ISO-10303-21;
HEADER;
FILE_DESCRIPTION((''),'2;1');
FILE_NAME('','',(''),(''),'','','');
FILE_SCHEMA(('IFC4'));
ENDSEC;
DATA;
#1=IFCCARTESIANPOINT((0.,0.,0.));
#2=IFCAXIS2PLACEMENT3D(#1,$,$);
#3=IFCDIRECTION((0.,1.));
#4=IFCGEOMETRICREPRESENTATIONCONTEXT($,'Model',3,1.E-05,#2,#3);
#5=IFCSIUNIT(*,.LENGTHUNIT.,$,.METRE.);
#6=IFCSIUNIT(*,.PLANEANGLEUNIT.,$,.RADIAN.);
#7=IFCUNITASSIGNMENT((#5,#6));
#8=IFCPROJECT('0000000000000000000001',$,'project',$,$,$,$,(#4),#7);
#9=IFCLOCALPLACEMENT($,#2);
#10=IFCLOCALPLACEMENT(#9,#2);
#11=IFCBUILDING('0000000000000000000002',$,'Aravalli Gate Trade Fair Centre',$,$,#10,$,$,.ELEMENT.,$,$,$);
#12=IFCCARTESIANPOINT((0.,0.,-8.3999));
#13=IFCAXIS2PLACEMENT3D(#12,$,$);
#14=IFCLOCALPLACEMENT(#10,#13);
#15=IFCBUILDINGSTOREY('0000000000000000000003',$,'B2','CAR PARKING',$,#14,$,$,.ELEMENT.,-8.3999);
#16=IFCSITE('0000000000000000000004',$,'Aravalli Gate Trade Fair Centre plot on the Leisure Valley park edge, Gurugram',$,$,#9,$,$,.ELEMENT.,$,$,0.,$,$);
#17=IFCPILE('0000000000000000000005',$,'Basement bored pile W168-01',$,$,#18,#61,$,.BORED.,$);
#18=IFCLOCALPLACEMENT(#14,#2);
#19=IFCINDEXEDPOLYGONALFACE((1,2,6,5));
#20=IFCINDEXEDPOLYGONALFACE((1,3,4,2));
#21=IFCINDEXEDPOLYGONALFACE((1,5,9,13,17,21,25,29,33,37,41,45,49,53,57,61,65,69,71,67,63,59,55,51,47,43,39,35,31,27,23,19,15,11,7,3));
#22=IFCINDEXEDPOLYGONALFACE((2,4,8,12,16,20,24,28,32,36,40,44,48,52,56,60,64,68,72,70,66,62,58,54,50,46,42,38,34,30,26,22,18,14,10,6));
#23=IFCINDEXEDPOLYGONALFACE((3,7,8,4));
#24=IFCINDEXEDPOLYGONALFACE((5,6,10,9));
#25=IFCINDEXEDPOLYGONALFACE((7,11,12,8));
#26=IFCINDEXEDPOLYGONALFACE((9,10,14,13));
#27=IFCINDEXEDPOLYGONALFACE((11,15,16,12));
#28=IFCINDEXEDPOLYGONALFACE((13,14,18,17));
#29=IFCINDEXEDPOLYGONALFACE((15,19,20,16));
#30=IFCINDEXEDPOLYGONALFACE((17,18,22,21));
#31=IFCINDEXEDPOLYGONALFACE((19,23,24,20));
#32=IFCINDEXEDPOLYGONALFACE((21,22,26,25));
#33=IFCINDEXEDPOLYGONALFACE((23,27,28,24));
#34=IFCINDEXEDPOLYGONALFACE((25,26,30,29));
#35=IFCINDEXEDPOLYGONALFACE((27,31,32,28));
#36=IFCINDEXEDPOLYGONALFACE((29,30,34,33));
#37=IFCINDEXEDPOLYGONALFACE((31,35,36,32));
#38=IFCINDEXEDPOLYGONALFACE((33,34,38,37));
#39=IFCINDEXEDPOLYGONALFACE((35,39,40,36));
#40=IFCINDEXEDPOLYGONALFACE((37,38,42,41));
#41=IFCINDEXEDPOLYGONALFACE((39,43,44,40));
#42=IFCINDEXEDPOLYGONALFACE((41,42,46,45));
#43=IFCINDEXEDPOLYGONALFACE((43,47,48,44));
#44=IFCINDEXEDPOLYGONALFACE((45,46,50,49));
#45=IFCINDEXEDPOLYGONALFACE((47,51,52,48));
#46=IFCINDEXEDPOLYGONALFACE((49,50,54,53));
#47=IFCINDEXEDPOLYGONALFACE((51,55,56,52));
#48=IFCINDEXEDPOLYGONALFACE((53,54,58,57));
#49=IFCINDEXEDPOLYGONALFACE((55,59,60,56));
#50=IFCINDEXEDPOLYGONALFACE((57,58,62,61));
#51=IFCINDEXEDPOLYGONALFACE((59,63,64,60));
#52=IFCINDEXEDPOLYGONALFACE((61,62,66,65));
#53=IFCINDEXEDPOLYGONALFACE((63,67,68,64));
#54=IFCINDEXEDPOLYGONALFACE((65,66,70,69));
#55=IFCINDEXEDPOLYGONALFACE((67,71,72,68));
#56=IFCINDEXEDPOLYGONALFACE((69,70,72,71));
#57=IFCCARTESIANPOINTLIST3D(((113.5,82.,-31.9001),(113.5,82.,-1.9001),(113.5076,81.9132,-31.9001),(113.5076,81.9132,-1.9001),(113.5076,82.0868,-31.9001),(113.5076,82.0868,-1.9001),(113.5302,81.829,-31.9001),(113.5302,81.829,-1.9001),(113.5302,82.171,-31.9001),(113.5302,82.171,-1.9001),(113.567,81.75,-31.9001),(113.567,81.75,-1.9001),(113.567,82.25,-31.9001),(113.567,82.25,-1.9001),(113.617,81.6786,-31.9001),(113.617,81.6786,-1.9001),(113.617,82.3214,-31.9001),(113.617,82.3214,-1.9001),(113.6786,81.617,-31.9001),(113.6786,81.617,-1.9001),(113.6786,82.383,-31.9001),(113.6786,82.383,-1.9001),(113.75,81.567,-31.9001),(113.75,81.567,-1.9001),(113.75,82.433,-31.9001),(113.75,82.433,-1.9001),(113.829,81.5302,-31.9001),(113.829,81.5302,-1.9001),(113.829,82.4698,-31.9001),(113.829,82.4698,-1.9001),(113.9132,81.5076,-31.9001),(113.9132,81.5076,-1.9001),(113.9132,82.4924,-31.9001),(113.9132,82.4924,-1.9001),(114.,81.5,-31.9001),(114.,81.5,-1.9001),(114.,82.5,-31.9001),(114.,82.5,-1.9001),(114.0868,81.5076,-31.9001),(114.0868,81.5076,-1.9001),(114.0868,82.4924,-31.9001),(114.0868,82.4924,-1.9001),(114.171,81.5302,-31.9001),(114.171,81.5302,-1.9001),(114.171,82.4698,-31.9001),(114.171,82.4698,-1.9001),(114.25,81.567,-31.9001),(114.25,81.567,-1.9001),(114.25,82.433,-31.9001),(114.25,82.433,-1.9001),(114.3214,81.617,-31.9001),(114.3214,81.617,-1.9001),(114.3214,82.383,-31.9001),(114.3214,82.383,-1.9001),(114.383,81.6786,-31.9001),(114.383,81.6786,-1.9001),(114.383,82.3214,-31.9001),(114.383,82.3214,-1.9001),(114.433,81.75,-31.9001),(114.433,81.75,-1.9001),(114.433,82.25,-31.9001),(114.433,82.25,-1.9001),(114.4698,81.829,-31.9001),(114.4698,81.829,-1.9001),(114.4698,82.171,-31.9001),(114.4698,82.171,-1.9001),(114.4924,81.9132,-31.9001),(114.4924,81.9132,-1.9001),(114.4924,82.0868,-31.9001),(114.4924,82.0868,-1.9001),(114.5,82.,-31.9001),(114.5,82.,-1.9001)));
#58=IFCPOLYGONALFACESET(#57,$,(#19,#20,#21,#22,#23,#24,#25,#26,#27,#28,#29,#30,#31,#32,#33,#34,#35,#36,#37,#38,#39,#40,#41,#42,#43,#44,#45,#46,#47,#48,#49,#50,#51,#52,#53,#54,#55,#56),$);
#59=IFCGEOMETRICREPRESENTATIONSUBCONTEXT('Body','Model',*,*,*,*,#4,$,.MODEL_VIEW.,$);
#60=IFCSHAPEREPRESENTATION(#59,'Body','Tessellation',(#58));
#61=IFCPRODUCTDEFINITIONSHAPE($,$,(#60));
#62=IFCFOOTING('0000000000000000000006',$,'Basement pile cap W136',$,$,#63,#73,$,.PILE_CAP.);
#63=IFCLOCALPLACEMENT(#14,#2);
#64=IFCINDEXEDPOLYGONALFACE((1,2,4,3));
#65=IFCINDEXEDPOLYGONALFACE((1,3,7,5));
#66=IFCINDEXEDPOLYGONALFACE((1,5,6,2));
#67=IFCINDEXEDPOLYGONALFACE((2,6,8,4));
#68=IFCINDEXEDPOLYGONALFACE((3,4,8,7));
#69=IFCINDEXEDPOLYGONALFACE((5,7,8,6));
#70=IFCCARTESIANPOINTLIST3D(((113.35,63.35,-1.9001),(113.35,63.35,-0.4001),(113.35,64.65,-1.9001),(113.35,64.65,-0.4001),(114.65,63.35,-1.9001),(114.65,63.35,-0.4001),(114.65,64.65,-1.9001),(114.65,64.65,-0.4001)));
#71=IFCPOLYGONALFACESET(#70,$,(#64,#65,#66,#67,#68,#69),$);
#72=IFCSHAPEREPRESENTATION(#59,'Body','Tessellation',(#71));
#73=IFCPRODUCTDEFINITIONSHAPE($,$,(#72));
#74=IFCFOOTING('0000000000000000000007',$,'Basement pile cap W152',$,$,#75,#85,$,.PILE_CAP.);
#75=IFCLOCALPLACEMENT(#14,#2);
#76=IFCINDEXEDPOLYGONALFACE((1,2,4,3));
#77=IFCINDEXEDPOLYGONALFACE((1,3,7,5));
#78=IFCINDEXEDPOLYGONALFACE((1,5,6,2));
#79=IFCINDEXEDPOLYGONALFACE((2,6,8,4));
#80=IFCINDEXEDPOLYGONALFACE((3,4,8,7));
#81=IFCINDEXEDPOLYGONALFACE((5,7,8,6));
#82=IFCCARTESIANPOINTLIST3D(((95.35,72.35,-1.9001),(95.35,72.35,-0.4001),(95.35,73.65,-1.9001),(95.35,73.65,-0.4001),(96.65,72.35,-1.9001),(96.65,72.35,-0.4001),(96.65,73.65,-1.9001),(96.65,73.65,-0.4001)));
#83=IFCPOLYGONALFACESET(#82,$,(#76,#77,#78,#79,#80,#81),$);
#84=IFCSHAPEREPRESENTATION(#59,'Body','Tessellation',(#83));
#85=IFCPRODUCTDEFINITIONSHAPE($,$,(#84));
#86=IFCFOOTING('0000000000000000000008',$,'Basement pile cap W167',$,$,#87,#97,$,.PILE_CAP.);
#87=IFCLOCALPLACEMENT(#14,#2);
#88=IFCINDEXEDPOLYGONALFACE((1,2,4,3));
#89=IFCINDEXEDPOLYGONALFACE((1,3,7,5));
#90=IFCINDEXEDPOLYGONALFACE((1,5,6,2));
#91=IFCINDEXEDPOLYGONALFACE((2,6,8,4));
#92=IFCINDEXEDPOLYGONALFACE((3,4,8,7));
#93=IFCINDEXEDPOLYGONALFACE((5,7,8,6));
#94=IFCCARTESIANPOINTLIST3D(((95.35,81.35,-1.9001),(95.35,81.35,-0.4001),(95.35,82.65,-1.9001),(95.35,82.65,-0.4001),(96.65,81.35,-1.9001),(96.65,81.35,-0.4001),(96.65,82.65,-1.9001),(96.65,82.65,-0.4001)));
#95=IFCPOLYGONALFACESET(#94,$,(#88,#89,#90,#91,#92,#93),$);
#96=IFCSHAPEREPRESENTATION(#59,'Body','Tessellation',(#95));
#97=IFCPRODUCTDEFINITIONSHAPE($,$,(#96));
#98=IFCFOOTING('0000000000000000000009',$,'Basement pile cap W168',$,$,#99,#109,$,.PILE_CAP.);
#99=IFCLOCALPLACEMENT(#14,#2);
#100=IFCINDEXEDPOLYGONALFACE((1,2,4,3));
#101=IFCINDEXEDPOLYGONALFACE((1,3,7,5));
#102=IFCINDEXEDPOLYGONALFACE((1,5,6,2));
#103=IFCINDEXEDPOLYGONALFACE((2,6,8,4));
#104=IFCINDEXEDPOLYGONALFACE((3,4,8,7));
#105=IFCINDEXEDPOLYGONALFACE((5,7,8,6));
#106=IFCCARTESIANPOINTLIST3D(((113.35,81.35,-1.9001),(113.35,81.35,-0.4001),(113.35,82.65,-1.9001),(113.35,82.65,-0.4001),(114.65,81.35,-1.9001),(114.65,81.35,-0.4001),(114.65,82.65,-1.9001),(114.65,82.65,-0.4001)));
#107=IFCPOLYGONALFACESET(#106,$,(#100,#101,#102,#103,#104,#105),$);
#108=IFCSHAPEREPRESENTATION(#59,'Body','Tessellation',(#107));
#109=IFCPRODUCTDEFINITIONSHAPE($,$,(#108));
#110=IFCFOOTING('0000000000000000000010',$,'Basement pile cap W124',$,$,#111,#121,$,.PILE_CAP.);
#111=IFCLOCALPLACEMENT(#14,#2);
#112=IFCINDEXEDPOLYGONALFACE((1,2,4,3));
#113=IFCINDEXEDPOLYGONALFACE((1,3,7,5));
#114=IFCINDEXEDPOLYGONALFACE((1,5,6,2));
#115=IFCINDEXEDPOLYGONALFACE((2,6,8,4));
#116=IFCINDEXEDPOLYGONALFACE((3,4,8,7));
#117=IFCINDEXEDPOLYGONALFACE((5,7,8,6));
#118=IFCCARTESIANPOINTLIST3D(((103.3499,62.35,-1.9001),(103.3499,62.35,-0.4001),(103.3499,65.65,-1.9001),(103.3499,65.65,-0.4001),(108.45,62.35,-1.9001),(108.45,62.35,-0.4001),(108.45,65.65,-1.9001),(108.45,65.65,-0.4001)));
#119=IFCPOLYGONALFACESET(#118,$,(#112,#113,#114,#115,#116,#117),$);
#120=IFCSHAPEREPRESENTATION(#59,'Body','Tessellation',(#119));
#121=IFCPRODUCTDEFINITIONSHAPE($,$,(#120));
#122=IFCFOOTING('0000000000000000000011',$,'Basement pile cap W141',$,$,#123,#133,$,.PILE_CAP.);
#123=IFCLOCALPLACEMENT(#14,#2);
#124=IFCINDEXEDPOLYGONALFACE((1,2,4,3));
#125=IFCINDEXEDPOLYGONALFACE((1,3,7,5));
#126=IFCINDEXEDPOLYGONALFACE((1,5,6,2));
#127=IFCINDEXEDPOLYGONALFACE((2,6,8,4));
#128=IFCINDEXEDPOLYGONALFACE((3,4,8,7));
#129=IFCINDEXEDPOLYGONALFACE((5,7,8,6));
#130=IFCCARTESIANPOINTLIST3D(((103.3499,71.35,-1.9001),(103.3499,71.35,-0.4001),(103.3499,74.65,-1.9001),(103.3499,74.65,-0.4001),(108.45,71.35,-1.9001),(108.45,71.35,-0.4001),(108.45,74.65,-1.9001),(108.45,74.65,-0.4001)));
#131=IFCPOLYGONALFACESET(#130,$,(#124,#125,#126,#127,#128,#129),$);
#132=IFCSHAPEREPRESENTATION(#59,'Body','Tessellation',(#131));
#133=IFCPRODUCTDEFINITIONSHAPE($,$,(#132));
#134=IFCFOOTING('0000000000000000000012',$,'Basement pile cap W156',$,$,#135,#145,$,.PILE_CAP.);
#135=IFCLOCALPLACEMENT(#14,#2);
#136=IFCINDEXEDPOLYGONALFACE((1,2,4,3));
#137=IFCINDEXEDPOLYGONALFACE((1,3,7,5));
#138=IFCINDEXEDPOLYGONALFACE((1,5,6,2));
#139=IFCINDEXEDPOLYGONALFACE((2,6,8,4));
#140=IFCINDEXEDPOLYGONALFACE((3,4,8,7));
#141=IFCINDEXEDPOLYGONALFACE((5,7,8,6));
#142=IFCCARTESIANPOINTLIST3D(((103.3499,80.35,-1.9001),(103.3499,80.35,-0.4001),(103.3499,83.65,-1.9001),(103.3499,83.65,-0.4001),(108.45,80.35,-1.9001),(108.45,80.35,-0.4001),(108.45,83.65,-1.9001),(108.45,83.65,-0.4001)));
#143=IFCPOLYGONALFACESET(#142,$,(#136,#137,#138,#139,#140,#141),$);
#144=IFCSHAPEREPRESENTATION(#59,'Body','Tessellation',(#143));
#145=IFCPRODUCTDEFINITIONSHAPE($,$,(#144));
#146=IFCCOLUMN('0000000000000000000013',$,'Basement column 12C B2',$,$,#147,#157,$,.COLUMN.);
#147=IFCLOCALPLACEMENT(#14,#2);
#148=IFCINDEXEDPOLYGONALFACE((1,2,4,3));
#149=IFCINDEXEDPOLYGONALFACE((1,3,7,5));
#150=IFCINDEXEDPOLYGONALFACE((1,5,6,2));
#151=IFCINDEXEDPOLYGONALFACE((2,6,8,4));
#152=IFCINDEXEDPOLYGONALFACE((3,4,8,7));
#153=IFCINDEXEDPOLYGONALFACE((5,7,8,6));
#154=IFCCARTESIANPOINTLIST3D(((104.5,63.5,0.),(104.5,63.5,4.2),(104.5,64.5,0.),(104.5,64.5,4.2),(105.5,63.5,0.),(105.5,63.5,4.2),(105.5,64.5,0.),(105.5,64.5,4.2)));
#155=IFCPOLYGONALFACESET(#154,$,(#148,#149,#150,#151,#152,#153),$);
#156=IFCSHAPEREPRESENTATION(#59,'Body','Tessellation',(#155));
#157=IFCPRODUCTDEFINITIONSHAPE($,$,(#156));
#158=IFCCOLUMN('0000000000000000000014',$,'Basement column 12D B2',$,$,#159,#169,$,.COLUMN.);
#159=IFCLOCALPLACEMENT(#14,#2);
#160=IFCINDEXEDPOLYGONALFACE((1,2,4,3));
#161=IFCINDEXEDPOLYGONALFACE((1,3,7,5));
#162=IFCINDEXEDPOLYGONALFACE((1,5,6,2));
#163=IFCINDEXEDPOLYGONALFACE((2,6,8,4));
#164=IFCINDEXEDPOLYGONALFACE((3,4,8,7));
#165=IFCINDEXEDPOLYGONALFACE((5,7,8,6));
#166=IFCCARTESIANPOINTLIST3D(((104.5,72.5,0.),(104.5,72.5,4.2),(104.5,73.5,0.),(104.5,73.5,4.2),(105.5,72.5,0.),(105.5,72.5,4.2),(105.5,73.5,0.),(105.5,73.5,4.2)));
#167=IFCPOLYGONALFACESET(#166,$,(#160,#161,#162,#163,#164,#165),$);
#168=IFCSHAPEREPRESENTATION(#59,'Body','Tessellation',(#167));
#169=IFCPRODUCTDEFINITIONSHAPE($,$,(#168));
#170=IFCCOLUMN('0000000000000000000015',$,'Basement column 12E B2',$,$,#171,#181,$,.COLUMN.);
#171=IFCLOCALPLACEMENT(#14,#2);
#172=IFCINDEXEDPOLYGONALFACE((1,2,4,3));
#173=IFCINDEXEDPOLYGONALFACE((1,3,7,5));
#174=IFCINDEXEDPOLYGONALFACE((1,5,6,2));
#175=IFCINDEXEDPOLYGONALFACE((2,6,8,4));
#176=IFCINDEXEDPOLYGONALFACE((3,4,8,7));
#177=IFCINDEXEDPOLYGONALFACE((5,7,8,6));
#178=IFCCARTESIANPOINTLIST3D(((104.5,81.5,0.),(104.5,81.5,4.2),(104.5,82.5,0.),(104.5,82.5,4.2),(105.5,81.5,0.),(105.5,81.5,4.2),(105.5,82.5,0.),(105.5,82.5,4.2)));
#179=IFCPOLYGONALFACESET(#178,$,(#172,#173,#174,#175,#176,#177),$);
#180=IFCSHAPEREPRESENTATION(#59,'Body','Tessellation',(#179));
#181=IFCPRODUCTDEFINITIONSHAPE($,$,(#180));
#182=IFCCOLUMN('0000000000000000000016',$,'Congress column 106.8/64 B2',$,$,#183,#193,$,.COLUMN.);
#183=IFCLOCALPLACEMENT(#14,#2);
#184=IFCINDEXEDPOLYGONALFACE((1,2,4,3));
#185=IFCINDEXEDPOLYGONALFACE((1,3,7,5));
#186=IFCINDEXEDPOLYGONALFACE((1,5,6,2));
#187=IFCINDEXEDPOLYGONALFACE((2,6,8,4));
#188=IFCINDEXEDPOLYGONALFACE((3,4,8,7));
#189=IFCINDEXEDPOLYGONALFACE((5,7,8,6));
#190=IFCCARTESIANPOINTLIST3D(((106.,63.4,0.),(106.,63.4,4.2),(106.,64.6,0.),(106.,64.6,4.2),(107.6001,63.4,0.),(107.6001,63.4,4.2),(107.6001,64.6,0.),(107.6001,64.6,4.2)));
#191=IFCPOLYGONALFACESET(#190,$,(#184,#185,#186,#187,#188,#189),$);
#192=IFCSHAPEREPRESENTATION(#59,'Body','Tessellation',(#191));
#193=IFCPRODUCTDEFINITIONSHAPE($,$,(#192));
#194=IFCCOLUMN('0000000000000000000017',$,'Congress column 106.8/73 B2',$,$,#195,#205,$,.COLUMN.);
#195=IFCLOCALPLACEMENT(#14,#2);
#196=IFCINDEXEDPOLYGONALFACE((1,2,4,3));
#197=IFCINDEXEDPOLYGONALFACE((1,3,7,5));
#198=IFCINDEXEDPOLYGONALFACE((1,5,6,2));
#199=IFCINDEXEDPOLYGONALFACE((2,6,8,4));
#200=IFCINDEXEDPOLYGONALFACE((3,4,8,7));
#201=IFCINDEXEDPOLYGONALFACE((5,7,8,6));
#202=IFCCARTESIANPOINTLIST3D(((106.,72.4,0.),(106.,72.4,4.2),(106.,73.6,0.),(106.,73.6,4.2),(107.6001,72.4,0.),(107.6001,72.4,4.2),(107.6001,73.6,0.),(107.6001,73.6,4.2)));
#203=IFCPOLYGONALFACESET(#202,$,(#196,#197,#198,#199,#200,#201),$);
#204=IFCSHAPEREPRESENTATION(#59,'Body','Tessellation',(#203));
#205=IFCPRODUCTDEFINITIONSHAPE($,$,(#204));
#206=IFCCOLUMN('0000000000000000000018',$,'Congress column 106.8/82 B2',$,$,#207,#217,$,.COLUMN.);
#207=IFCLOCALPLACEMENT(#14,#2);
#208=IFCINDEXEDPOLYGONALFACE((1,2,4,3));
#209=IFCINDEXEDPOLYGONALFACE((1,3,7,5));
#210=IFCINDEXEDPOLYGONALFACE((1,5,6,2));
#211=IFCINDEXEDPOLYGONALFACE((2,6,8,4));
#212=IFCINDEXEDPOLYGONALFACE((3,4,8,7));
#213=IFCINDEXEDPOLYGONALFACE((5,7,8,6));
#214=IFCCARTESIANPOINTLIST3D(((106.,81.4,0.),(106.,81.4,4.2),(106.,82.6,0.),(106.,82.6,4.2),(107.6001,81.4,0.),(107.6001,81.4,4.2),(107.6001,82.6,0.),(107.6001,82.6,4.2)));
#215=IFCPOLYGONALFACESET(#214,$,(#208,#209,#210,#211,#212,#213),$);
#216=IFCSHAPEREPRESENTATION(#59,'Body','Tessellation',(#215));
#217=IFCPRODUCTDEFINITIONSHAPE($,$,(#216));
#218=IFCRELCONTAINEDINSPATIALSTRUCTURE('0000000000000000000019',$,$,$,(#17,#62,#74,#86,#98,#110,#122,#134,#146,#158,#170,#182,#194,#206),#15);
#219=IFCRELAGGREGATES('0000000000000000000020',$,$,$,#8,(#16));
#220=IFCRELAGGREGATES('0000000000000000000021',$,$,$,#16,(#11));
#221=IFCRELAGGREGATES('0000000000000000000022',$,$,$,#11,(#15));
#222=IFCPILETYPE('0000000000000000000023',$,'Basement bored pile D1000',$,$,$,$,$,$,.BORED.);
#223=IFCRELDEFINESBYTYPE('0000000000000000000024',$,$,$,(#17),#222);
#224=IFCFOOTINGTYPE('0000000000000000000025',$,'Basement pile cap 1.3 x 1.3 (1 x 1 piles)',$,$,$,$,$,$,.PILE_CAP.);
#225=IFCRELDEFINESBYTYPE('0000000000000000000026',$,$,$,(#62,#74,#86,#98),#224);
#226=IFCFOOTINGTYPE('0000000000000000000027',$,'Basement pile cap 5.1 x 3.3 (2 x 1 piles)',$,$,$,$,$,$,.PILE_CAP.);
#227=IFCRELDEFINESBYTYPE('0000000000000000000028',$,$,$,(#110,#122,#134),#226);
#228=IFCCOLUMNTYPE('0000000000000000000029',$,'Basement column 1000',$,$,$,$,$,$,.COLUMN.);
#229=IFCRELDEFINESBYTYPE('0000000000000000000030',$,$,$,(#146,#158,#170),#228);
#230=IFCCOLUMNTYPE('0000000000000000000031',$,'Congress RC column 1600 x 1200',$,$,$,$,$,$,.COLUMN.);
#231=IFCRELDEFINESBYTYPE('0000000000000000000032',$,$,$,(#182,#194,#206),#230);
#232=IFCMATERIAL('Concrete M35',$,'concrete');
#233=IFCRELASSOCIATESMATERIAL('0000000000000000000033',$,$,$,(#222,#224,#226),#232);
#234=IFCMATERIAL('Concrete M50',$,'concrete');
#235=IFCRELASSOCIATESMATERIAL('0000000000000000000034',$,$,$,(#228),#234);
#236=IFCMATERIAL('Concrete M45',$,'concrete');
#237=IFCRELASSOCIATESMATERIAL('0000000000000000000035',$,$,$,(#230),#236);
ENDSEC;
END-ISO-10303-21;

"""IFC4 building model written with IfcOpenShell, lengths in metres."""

from ifc_helpers import new_model, si_unit, direction, frame, origin, origin_2d, place, context, subcontext, project, spatial, rectangle, circle, extrude, material, material_profile, profile_set, type_object, element, save


model = new_model("IFC4")

# Units and contexts
model_context = context("Model", 3, precision=1e-05, world=origin(), true_north=direction((0.0, 1.0)))
body_context = subcontext(model_context, "Body", "Model", "MODEL_VIEW")
ifc_project = project(units=[si_unit("LENGTHUNIT", "METRE"), si_unit("PLANEANGLEUNIT", "RADIAN")], contexts=[model_context])

# Site, building, storey
site_placement = place(None, origin())
site = spatial("IfcSite", under=ifc_project, at=site_placement, Name="Aravalli Gate Trade Fair Centre plot on the Leisure Valley park edge, Gurugram", CompositionType="ELEMENT", RefElevation=0.0)
building_placement = place(site_placement, origin())
building = spatial("IfcBuilding", under=site, at=building_placement, Name="Aravalli Gate Trade Fair Centre", CompositionType="ELEMENT")
storey_placement = place(building_placement, frame((0.0, 0.0, -8.3999)))
storey = spatial("IfcBuildingStorey", under=building, at=storey_placement, Name="B2", Description="CAR PARKING", CompositionType="ELEMENT", Elevation=-8.3999)

# Pile
ifc_material_1 = material(Name="Concrete M35", Category="concrete")
ifc_material_profile_1 = material_profile(ifc_material_1, circle(Radius=0.5, at=origin_2d()), Name="D1000")
ifc_profile_set_1 = profile_set([ifc_material_profile_1], Name="Concrete M35")
pile_type = type_object("IfcPileType", Name="Basement bored pile D1000", PredefinedType="BORED", material=ifc_profile_set_1)
for number, where, z_axis, x_axis, name in (
    (1, (114.0, 82.0, -1.9001), (0.0, 0.0, -1.0), (1.0, 0.0, 0.0), "Basement bored pile W168-01"),
):
    element("IfcPile", number, at=place(storey_placement, frame(where, z_axis=z_axis, x_axis=x_axis)), inside=storey, type_object=pile_type, Name=name, PredefinedType="BORED", context=body_context, shape_type="SweptSolid", body=[
        extrude(circle(Radius=0.5, at=origin_2d()), origin(), (0.0, 0.0, 1.0), 30.0),
    ])

# Footings
footing_type_1 = type_object("IfcFootingType", Name="Basement pile cap 1.3 x 1.3 (1 x 1 piles)", PredefinedType="PILE_CAP", material=ifc_material_1)
for number, where, z_axis, x_axis, name in (
    (2, (114.0, 64.0, -1.9001), (0.0, 0.0, 1.0), (1.0, 0.0, 0.0), "Basement pile cap W136"),
    (3, (96.0, 73.0, -1.9001), (0.0, 0.0, 1.0), (1.0, 0.0, 0.0), "Basement pile cap W152"),
    (4, (96.0, 82.0, -1.9001), (0.0, 0.0, 1.0), (1.0, 0.0, 0.0), "Basement pile cap W167"),
    (5, (114.0, 82.0, -1.9001), (0.0, 0.0, 1.0), (1.0, 0.0, 0.0), "Basement pile cap W168"),
):
    element("IfcFooting", number, at=place(storey_placement, frame(where, z_axis=z_axis, x_axis=x_axis)), inside=storey, type_object=footing_type_1, Name=name, PredefinedType="PILE_CAP", context=body_context, shape_type="SweptSolid", body=[
        extrude(rectangle(XDim=1.3, YDim=1.3, at=origin_2d()), origin(), (0.0, 0.0, 1.0), 1.5),
    ])
footing_type_2 = type_object("IfcFootingType", Name="Basement pile cap 5.1 x 3.3 (2 x 1 piles)", PredefinedType="PILE_CAP", material=ifc_material_1)
for number, where, z_axis, x_axis, name in (
    (6, (105.8999, 64.0, -1.9001), (0.0, 0.0, 1.0), (1.0, 0.0, 0.0), "Basement pile cap W124"),
    (7, (105.8999, 73.0, -1.9001), (0.0, 0.0, 1.0), (1.0, 0.0, 0.0), "Basement pile cap W141"),
    (8, (105.8999, 82.0, -1.9001), (0.0, 0.0, 1.0), (1.0, 0.0, 0.0), "Basement pile cap W156"),
):
    element("IfcFooting", number, at=place(storey_placement, frame(where, z_axis=z_axis, x_axis=x_axis)), inside=storey, type_object=footing_type_2, Name=name, PredefinedType="PILE_CAP", context=body_context, shape_type="SweptSolid", body=[
        extrude(rectangle(XDim=5.1001, YDim=3.3, at=origin_2d()), origin(), (0.0, 0.0, 1.0), 1.5),
    ])

# Columns
ifc_material_2 = material(Name="Concrete M50", Category="concrete")
ifc_material_profile_2 = material_profile(ifc_material_2, rectangle(XDim=1.0, YDim=1.0, at=origin_2d()), Name="RC 1000 x 1000")
ifc_profile_set_2 = profile_set([ifc_material_profile_2], Name="Concrete M50")
column_type_1 = type_object("IfcColumnType", Name="Basement column 1000", PredefinedType="COLUMN", material=ifc_profile_set_2)
for number, where, z_axis, x_axis, name in (
    (9, (105.0, 64.0, 0.0), (0.0, 0.0, 1.0), (1.0, 0.0, 0.0), "Basement column 12C B2"),
    (10, (105.0, 73.0, 0.0), (0.0, 0.0, 1.0), (1.0, 0.0, 0.0), "Basement column 12D B2"),
    (11, (105.0, 82.0, 0.0), (0.0, 0.0, 1.0), (1.0, 0.0, 0.0), "Basement column 12E B2"),
):
    element("IfcColumn", number, at=place(storey_placement, frame(where, z_axis=z_axis, x_axis=x_axis)), inside=storey, type_object=column_type_1, Name=name, PredefinedType="COLUMN", context=body_context, shape_type="SweptSolid", body=[
        extrude(rectangle(XDim=1.0, YDim=1.0, at=origin_2d()), origin(), (0.0, 0.0, 1.0), 4.2),
    ])
ifc_material_3 = material(Name="Concrete M45", Category="concrete")
ifc_material_profile_3 = material_profile(ifc_material_3, rectangle(XDim=1.6001, YDim=1.2, at=origin_2d()), Name="RC 1600x1200")
ifc_profile_set_3 = profile_set([ifc_material_profile_3], Name="Concrete M45")
column_type_2 = type_object("IfcColumnType", Name="Congress RC column 1600 x 1200", PredefinedType="COLUMN", material=ifc_profile_set_3)
for number, where, z_axis, x_axis, name in (
    (12, (106.8, 64.0, 0.0), (0.0, 0.0, 1.0), (1.0, 0.0, 0.0), "Congress column 106.8/64 B2"),
    (13, (106.8, 73.0, 0.0), (0.0, 0.0, 1.0), (1.0, 0.0, 0.0), "Congress column 106.8/73 B2"),
    (14, (106.8, 82.0, 0.0), (0.0, 0.0, 1.0), (1.0, 0.0, 0.0), "Congress column 106.8/82 B2"),
):
    element("IfcColumn", number, at=place(storey_placement, frame(where, z_axis=z_axis, x_axis=x_axis)), inside=storey, type_object=column_type_2, Name=name, PredefinedType="COLUMN", context=body_context, shape_type="SweptSolid", body=[
        extrude(rectangle(XDim=1.6001, YDim=1.2, at=origin_2d()), origin(), (0.0, 0.0, 1.0), 4.2),
    ])

save(model, "model.ifc")
